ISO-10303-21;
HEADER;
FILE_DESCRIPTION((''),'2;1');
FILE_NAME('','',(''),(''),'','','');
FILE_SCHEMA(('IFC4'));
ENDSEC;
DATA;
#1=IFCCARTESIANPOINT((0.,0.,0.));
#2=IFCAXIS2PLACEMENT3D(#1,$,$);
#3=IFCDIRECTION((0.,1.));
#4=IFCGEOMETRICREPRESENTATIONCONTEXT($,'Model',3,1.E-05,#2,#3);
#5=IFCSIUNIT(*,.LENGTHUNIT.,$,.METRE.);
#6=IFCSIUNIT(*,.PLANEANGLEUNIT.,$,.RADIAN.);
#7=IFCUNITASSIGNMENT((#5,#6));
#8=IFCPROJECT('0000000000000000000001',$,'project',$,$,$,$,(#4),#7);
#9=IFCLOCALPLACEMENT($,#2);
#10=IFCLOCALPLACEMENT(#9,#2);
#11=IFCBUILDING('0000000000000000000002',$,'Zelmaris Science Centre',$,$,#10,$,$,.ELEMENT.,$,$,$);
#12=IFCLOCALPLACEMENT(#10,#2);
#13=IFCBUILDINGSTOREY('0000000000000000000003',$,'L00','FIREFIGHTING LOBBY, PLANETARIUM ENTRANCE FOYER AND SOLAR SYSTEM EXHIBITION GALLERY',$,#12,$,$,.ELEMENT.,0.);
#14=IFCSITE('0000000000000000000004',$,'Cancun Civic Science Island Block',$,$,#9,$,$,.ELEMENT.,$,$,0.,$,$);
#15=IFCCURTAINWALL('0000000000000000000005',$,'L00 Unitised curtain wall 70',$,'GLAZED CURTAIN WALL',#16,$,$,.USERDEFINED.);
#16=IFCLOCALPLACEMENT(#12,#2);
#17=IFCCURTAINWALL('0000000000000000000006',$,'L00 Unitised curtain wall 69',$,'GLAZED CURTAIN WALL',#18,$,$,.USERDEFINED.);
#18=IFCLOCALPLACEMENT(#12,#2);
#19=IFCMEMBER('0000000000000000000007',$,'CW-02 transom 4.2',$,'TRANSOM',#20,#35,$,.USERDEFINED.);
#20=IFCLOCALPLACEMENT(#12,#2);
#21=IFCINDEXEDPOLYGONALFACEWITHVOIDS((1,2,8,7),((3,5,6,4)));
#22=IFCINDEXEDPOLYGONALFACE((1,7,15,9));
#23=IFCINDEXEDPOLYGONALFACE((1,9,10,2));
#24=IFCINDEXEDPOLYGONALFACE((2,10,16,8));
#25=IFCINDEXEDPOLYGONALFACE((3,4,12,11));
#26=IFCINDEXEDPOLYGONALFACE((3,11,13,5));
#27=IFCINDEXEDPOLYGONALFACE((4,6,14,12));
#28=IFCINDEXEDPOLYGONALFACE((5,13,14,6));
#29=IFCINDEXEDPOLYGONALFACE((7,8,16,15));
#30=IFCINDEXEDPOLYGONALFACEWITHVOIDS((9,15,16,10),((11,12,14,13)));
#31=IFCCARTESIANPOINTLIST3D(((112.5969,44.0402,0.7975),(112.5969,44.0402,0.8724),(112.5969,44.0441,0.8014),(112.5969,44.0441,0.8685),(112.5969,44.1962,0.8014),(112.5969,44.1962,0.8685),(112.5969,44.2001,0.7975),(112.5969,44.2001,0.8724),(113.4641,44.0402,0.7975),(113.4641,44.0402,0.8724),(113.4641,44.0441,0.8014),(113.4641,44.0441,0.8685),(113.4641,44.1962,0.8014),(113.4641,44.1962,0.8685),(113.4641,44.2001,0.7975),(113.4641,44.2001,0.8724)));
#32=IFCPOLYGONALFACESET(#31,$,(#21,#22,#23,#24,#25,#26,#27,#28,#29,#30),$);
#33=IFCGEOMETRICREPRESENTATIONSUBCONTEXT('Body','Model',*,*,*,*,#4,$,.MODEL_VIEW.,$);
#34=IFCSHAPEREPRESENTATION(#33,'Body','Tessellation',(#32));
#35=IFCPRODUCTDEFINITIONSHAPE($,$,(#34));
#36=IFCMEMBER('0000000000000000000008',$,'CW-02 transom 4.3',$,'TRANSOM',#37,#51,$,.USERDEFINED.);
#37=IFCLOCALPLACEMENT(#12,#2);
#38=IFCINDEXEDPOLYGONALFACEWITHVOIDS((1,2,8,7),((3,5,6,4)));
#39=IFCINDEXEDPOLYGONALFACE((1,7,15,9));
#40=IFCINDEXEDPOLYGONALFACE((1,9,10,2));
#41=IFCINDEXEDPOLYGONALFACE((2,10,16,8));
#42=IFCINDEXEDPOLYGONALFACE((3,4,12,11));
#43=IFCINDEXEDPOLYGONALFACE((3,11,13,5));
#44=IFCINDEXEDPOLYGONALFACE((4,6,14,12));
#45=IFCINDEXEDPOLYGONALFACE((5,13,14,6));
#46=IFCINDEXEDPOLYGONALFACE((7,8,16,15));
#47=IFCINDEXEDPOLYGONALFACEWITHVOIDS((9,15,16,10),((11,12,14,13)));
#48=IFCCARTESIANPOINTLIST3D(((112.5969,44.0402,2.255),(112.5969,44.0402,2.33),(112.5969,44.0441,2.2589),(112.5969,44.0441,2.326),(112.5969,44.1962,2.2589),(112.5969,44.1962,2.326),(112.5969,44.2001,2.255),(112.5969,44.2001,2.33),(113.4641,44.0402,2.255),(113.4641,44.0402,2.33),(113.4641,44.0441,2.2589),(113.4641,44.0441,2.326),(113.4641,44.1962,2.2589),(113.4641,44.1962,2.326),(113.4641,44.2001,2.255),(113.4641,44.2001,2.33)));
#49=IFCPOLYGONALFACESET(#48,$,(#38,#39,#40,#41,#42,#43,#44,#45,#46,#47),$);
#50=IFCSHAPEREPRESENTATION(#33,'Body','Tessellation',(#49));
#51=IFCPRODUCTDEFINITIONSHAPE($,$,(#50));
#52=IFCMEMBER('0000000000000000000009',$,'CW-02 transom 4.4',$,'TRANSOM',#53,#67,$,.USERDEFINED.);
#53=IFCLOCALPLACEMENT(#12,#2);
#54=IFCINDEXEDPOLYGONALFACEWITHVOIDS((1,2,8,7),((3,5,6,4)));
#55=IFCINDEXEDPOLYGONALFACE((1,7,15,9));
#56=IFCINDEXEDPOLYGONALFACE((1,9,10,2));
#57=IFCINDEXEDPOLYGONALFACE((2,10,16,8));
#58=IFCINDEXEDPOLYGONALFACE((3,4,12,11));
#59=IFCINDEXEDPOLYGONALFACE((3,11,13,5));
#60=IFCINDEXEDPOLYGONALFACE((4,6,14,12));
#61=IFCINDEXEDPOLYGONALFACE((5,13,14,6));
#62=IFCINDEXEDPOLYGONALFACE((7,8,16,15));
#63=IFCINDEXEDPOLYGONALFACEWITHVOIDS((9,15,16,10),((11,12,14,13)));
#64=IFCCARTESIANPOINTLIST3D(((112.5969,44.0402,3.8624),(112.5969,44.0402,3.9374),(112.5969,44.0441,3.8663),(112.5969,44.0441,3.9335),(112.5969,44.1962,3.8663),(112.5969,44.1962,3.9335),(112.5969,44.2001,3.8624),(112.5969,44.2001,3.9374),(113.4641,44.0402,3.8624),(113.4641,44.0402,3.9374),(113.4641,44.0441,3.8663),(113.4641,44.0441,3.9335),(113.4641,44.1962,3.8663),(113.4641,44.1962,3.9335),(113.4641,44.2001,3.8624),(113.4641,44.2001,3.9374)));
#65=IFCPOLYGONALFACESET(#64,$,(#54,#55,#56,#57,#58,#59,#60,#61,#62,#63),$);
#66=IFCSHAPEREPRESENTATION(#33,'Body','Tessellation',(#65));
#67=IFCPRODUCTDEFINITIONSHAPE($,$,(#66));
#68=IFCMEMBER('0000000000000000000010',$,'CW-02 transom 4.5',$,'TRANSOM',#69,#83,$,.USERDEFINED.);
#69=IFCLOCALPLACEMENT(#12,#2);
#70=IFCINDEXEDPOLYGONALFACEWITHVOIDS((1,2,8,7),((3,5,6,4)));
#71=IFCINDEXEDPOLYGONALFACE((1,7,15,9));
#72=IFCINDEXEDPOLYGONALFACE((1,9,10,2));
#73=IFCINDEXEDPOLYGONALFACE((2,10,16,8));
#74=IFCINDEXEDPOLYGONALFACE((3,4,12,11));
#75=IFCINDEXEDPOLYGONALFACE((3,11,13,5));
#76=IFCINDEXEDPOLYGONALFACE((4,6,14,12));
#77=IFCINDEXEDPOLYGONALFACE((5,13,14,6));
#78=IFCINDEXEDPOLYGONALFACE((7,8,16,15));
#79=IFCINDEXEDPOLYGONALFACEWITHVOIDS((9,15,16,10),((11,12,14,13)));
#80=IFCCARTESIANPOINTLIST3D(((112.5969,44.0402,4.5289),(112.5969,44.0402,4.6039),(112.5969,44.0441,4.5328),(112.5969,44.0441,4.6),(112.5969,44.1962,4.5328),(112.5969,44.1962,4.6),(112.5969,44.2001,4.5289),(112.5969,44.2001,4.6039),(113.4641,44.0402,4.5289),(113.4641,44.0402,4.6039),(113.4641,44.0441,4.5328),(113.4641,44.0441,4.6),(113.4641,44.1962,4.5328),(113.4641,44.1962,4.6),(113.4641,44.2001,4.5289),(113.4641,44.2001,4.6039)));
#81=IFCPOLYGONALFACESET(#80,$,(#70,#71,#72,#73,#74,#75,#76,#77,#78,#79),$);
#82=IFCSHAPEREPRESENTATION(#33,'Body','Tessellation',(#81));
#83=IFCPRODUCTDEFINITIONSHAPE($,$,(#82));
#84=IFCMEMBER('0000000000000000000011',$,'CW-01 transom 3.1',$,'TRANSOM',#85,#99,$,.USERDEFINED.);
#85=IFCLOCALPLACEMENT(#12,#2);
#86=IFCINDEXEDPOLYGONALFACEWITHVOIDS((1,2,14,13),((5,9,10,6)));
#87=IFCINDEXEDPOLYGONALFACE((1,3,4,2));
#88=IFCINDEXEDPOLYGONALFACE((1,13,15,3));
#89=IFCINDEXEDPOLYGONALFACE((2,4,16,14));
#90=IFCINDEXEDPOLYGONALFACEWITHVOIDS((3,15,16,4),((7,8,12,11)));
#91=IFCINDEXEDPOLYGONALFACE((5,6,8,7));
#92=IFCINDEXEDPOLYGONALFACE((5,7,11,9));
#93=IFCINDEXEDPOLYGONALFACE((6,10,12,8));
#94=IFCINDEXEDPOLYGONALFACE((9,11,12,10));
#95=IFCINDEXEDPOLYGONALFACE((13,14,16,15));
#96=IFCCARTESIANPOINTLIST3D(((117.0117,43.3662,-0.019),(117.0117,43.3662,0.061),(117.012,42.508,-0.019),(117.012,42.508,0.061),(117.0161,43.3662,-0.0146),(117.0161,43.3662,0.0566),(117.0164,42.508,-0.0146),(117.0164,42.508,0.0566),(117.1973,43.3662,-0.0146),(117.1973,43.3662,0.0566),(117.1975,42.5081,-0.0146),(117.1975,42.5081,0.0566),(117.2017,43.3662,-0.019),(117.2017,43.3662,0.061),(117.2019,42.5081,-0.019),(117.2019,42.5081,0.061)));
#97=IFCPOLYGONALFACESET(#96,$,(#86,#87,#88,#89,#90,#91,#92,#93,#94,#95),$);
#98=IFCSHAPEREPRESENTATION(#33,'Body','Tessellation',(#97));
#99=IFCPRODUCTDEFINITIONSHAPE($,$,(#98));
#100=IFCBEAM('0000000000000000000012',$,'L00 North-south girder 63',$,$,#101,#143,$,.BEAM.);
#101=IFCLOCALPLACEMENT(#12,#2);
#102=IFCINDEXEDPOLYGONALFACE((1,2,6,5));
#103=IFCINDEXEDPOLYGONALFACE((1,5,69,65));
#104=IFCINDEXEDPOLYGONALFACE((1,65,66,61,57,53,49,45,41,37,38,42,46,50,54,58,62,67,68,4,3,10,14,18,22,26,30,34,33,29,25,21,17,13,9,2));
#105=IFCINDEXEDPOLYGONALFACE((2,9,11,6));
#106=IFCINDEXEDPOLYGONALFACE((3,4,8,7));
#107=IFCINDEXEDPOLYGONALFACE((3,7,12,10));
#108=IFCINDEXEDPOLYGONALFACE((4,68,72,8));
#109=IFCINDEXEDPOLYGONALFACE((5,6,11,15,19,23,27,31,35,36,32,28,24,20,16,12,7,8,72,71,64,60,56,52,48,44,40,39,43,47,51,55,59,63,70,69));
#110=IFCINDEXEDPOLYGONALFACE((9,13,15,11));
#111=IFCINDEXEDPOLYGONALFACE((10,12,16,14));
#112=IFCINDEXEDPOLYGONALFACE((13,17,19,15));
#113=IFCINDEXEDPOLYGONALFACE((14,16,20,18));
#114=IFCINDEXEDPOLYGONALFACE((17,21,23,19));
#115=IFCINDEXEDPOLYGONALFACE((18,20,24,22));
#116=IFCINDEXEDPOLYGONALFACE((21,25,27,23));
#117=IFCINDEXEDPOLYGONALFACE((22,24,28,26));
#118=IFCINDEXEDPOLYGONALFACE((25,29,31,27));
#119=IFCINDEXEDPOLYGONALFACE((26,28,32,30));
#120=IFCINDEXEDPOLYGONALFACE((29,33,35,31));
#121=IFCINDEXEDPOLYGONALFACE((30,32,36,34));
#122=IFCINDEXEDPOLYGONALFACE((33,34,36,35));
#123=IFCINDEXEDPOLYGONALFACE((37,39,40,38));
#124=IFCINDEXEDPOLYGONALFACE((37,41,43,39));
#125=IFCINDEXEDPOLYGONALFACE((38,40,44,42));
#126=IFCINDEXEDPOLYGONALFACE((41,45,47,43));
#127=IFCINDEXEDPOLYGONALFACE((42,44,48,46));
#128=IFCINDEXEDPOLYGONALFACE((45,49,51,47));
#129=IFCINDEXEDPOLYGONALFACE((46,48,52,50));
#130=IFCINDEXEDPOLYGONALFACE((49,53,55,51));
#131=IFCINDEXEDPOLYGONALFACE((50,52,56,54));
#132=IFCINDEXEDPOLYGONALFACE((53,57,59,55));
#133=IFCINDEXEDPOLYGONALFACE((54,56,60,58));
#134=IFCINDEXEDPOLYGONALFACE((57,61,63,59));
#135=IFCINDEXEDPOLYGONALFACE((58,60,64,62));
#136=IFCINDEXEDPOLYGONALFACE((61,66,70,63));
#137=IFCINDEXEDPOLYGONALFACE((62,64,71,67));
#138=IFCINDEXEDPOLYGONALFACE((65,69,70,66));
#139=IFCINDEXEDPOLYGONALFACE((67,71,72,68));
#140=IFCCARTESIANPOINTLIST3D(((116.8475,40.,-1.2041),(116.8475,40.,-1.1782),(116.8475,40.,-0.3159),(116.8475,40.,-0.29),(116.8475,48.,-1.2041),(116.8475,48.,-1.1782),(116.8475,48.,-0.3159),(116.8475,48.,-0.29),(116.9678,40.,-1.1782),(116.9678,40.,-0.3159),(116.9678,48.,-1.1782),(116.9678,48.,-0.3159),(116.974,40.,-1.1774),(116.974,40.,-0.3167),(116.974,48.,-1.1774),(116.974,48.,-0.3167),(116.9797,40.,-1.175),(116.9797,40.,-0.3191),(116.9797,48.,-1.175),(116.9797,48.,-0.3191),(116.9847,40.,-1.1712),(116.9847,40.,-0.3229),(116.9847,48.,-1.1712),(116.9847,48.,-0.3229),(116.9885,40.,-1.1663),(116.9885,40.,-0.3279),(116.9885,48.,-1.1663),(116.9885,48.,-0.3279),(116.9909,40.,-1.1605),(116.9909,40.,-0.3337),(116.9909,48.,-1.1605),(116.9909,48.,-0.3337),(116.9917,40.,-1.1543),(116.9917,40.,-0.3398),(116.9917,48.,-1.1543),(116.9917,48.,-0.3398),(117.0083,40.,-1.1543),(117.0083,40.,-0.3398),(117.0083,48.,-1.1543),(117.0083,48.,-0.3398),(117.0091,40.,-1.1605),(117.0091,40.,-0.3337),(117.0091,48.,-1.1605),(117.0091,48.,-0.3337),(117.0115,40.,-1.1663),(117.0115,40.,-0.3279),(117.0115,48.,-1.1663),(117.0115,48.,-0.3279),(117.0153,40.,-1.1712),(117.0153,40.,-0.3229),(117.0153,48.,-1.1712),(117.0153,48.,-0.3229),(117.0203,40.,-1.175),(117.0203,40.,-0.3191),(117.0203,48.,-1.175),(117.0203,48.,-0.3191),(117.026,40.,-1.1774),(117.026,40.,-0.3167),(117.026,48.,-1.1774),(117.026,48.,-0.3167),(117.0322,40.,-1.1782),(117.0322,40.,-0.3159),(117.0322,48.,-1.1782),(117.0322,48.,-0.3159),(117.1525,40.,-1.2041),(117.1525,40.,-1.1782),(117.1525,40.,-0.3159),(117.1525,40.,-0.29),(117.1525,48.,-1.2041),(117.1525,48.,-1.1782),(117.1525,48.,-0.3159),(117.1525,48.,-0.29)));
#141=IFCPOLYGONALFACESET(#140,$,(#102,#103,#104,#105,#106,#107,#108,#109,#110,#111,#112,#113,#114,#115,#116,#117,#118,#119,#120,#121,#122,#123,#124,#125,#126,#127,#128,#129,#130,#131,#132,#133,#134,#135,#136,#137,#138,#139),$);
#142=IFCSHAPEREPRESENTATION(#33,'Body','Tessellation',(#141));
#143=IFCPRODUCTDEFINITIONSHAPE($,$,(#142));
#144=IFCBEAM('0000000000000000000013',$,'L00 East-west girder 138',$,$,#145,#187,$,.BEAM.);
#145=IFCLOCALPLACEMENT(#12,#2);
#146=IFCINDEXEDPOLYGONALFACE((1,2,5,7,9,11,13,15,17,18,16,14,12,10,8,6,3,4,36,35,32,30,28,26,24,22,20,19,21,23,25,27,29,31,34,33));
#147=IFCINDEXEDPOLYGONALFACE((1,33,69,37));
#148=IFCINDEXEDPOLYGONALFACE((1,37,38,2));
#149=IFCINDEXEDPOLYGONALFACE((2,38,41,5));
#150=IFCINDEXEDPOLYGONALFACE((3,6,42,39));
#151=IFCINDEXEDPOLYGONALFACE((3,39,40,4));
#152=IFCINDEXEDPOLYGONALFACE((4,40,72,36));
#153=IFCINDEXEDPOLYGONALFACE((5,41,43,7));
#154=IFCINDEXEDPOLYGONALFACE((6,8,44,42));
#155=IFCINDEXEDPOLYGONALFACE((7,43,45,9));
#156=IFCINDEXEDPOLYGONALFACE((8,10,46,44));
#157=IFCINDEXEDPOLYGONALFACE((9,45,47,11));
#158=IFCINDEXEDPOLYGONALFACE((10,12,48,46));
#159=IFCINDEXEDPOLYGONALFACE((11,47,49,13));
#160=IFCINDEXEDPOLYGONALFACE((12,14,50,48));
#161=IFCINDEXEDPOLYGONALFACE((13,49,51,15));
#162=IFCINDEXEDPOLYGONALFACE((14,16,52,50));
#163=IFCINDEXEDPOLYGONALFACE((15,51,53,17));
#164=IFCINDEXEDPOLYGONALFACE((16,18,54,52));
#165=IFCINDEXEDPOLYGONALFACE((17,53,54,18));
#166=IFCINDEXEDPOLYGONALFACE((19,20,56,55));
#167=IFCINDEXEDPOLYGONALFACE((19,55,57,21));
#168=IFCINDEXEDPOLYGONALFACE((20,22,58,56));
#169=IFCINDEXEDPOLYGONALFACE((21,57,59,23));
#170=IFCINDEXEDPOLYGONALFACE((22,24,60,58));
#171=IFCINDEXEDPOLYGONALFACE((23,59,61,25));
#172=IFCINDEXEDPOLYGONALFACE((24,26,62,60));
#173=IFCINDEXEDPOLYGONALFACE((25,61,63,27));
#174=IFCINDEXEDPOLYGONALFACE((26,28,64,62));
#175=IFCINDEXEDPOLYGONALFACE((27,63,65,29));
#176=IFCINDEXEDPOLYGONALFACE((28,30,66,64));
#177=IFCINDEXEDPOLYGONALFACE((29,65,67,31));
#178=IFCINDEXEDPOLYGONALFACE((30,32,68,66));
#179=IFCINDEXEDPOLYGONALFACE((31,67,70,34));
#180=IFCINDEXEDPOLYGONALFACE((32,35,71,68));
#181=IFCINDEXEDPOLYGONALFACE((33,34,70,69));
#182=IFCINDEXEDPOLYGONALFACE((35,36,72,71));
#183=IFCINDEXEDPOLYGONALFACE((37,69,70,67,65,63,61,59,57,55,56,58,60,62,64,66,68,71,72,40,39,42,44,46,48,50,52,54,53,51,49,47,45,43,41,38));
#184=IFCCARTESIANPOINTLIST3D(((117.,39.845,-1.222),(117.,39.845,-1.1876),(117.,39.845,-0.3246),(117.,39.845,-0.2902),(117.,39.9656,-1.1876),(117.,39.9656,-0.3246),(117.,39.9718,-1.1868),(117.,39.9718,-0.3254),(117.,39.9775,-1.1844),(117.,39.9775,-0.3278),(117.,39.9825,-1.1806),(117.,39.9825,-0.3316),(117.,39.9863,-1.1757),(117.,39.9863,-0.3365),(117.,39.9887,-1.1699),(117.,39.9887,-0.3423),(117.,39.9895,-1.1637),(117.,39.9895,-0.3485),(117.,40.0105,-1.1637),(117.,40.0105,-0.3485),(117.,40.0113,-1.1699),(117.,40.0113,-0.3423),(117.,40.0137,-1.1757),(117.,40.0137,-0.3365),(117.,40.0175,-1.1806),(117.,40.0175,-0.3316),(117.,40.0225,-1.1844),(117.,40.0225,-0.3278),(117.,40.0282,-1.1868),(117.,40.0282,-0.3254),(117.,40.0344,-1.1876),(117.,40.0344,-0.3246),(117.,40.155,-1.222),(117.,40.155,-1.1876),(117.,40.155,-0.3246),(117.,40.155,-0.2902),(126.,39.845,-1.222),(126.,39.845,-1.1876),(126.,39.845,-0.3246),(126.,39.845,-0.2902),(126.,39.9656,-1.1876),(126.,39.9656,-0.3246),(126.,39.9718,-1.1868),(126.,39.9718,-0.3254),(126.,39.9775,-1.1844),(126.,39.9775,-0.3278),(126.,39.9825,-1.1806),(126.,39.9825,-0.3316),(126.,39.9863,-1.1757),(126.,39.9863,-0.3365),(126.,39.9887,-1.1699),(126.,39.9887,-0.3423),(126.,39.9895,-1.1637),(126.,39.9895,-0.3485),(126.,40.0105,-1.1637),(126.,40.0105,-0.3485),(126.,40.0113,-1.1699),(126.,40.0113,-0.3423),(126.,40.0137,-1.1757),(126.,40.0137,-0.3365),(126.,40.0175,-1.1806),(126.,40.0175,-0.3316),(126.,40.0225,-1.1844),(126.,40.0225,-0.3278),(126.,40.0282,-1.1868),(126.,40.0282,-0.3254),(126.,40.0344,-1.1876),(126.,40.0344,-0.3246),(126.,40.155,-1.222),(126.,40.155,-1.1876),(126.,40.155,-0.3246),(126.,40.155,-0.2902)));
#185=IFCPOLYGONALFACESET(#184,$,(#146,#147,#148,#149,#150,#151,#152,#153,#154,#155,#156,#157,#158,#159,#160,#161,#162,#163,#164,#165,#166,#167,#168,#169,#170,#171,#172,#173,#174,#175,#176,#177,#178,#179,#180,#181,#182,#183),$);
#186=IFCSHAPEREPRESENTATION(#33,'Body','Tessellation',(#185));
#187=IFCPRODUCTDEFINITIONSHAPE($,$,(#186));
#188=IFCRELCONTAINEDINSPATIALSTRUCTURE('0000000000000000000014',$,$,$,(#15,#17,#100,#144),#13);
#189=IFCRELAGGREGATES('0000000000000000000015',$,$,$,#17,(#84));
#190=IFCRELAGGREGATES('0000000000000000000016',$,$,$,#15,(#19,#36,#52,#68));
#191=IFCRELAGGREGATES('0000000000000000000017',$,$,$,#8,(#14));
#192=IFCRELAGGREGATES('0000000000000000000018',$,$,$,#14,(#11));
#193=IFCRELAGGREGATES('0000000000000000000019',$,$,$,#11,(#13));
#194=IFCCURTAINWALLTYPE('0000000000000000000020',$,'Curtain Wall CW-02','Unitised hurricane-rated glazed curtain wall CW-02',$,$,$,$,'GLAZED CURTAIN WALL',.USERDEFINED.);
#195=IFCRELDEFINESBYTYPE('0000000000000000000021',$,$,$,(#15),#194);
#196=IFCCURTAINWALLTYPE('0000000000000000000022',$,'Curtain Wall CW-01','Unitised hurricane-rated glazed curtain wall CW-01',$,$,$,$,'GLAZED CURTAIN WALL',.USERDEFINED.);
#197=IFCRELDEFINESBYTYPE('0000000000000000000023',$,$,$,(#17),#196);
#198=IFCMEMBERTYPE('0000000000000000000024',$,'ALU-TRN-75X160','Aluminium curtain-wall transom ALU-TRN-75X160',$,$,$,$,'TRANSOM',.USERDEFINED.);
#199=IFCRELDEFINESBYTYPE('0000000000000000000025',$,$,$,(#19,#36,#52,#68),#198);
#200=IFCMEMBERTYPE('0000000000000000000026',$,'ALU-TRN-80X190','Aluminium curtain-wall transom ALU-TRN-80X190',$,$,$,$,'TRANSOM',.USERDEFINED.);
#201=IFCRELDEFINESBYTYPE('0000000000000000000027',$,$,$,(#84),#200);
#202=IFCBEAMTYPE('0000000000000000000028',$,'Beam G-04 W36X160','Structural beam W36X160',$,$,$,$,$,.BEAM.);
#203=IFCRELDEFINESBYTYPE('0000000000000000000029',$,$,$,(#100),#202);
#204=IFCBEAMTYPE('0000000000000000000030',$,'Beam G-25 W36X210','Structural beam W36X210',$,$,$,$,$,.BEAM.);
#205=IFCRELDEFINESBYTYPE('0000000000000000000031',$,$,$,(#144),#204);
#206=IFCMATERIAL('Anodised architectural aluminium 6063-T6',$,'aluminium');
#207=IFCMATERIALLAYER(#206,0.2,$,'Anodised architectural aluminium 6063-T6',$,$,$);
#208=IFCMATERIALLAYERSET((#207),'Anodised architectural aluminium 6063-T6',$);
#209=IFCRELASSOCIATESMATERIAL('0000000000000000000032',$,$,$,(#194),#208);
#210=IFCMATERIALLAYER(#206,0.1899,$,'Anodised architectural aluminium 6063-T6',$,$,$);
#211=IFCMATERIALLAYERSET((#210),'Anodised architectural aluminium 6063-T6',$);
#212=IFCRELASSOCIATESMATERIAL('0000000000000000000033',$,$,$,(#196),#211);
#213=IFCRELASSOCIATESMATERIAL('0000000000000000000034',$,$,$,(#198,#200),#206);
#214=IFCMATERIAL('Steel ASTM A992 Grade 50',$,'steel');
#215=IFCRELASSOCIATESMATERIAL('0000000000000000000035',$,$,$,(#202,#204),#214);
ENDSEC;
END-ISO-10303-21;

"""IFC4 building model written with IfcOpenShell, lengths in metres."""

from ifc_helpers import new_model, si_unit, direction, frame, origin, origin_2d, place, context, subcontext, project, spatial, hollow_rectangle, i_section, extrude, material, layer, layer_set, material_profile, profile_set, type_object, element, aggregate, save


model = new_model("IFC4")

# Units and contexts
model_context = context("Model", 3, precision=1e-05, world=origin(), true_north=direction((0.0, 1.0)))
body_context = subcontext(model_context, "Body", "Model", "MODEL_VIEW")
ifc_project = project(units=[si_unit("LENGTHUNIT", "METRE"), si_unit("PLANEANGLEUNIT", "RADIAN")], contexts=[model_context])

# Site, building, storey
site_placement = place(None, origin())
site = spatial("IfcSite", under=ifc_project, at=site_placement, Name="Cancun Civic Science Island Block", CompositionType="ELEMENT", RefElevation=0.0)
building_placement = place(site_placement, origin())
building = spatial("IfcBuilding", under=site, at=building_placement, Name="Zelmaris Science Centre", CompositionType="ELEMENT")
storey_placement = place(building_placement, origin())
storey = spatial("IfcBuildingStorey", under=building, at=storey_placement, Name="L00", Description="FIREFIGHTING LOBBY, PLANETARIUM ENTRANCE FOYER AND SOLAR SYSTEM EXHIBITION GALLERY", CompositionType="ELEMENT", Elevation=0.0)

# Shared definitions
ifc_material_1 = material(Name="Steel ASTM A992 Grade 50", Category="steel")

# Curtain walls
ifc_material_2 = material(Name="Anodised architectural aluminium 6063-T6", Category="aluminium")
ifc_layer_1 = layer(ifc_material_2, 0.2, Name="Anodised architectural aluminium 6063-T6")
ifc_layer_set_1 = layer_set([ifc_layer_1], Name="Anodised architectural aluminium 6063-T6")
curtain_wall_type_1 = type_object("IfcCurtainWallType", Name="Curtain Wall CW-02", Description="Unitised hurricane-rated glazed curtain wall CW-02", ElementType="GLAZED CURTAIN WALL", PredefinedType="USERDEFINED", material=ifc_layer_set_1)
curtain_wall_1_placement = place(storey_placement, origin())
curtain_wall_1 = element("IfcCurtainWall", 1, at=curtain_wall_1_placement, inside=storey, type_object=curtain_wall_type_1, Name="L00 Unitised curtain wall 70", ObjectType="GLAZED CURTAIN WALL", PredefinedType="USERDEFINED")
ifc_layer_2 = layer(ifc_material_2, 0.1899, Name="Anodised architectural aluminium 6063-T6")
ifc_layer_set_2 = layer_set([ifc_layer_2], Name="Anodised architectural aluminium 6063-T6")
curtain_wall_type_2 = type_object("IfcCurtainWallType", Name="Curtain Wall CW-01", Description="Unitised hurricane-rated glazed curtain wall CW-01", ElementType="GLAZED CURTAIN WALL", PredefinedType="USERDEFINED", material=ifc_layer_set_2)
curtain_wall_2_placement = place(storey_placement, origin())
curtain_wall_2 = element("IfcCurtainWall", 2, at=curtain_wall_2_placement, inside=storey, type_object=curtain_wall_type_2, Name="L00 Unitised curtain wall 69", ObjectType="GLAZED CURTAIN WALL", PredefinedType="USERDEFINED")

# Members
ifc_material_profile_1 = material_profile(ifc_material_2, hollow_rectangle(XDim=0.075, YDim=0.1599, WallThickness=0.0039, at=origin_2d()), Name="ALU-TRN-75X160")
ifc_profile_set_1 = profile_set([ifc_material_profile_1], Name="Anodised architectural aluminium 6063-T6")
member_type_1 = type_object("IfcMemberType", Name="ALU-TRN-75X160", Description="Aluminium curtain-wall transom ALU-TRN-75X160", ElementType="TRANSOM", PredefinedType="USERDEFINED", material=ifc_profile_set_1)
member_1_placement = place(storey_placement, frame((113.4641, 44.1201, 0.835), z_axis=(-1.0, 0.0, 0.0), x_axis=(0.0, 0.0, 1.0)))
member_1 = element("IfcMember", 3, at=member_1_placement, type_object=member_type_1, Name="CW-02 transom 4.2", ObjectType="TRANSOM", PredefinedType="USERDEFINED", context=body_context, shape_type="SweptSolid", body=[
    extrude(hollow_rectangle(XDim=0.075, YDim=0.1599, WallThickness=0.0039, at=origin_2d()), origin(), (0.0, 0.0, 1.0), 0.8672),
])
member_2_placement = place(storey_placement, frame((113.4641, 44.1201, 2.2925), z_axis=(-1.0, 0.0, 0.0), x_axis=(0.0, 0.0, 1.0)))
member_2 = element("IfcMember", 4, at=member_2_placement, type_object=member_type_1, Name="CW-02 transom 4.3", ObjectType="TRANSOM", PredefinedType="USERDEFINED", context=body_context, shape_type="SweptSolid", body=[
    extrude(hollow_rectangle(XDim=0.075, YDim=0.1599, WallThickness=0.0039, at=origin_2d()), origin(), (0.0, 0.0, 1.0), 0.8672),
])
member_3_placement = place(storey_placement, frame((113.4641, 44.1201, 3.8999), z_axis=(-1.0, 0.0, 0.0), x_axis=(0.0, 0.0, 1.0)))
member_3 = element("IfcMember", 5, at=member_3_placement, type_object=member_type_1, Name="CW-02 transom 4.4", ObjectType="TRANSOM", PredefinedType="USERDEFINED", context=body_context, shape_type="SweptSolid", body=[
    extrude(hollow_rectangle(XDim=0.075, YDim=0.1599, WallThickness=0.0039, at=origin_2d()), origin(), (0.0, 0.0, 1.0), 0.8672),
])
member_4_placement = place(storey_placement, frame((113.4641, 44.1201, 4.5664), z_axis=(-1.0, 0.0, 0.0), x_axis=(0.0, 0.0, 1.0)))
member_4 = element("IfcMember", 6, at=member_4_placement, type_object=member_type_1, Name="CW-02 transom 4.5", ObjectType="TRANSOM", PredefinedType="USERDEFINED", context=body_context, shape_type="SweptSolid", body=[
    extrude(hollow_rectangle(XDim=0.075, YDim=0.1599, WallThickness=0.0039, at=origin_2d()), origin(), (0.0, 0.0, 1.0), 0.8672),
])
ifc_material_profile_2 = material_profile(ifc_material_2, hollow_rectangle(XDim=0.0801, YDim=0.1899, WallThickness=0.0044, at=origin_2d()), Name="ALU-TRN-80X190")
ifc_profile_set_2 = profile_set([ifc_material_profile_2], Name="Anodised architectural aluminium 6063-T6")
member_type_2 = type_object("IfcMemberType", Name="ALU-TRN-80X190", Description="Aluminium curtain-wall transom ALU-TRN-80X190", ElementType="TRANSOM", PredefinedType="USERDEFINED", material=ifc_profile_set_2)
member_5_placement = place(storey_placement, frame((117.1069, 42.5081, 0.021), z_axis=(-0.000284, 1.0, 0.0), x_axis=(0.0, 0.0, 1.0)))
member_5 = element("IfcMember", 7, at=member_5_placement, type_object=member_type_2, Name="CW-01 transom 3.1", ObjectType="TRANSOM", PredefinedType="USERDEFINED", context=body_context, shape_type="SweptSolid", body=[
    extrude(hollow_rectangle(XDim=0.0801, YDim=0.1899, WallThickness=0.0044, at=origin_2d()), origin(), (0.0, 0.0, 1.0), 0.8582),
])

# Beams
ifc_material_profile_3 = material_profile(ifc_material_1, i_section(OverallWidth=0.3049, OverallDepth=0.9141, WebThickness=0.0166, FlangeThickness=0.0259, FilletRadius=0.0239, at=origin_2d()), Name="W36X160")
ifc_profile_set_3 = profile_set([ifc_material_profile_3], Name="Steel ASTM A992 Grade 50")
beam_type_1 = type_object("IfcBeamType", Name="Beam G-04 W36X160", Description="Structural beam W36X160", PredefinedType="BEAM", material=ifc_profile_set_3)
beam_1_placement = place(storey_placement, frame((117.0, 40.0, -0.7471), z_axis=(0.0, 1.0, 0.0), x_axis=(-1.0, 0.0, 0.0)))
element("IfcBeam", 8, at=beam_1_placement, inside=storey, type_object=beam_type_1, Name="L00 North-south girder 63", PredefinedType="BEAM", context=body_context, shape_type="SweptSolid", body=[
    extrude(i_section(OverallWidth=0.3049, OverallDepth=0.9141, WebThickness=0.0166, FlangeThickness=0.0259, FilletRadius=0.0239, at=origin_2d()), origin(), (0.0, 0.0, 1.0), 8.0),
])
ifc_material_profile_4 = material_profile(ifc_material_1, i_section(OverallWidth=0.3101, OverallDepth=0.9319, WebThickness=0.021, FlangeThickness=0.0344, FilletRadius=0.0239, at=origin_2d()), Name="W36X210")
ifc_profile_set_4 = profile_set([ifc_material_profile_4], Name="Steel ASTM A992 Grade 50")
beam_type_2 = type_object("IfcBeamType", Name="Beam G-25 W36X210", Description="Structural beam W36X210", PredefinedType="BEAM", material=ifc_profile_set_4)
beam_2_placement = place(storey_placement, frame((117.0, 40.0, -0.7561), z_axis=(1.0, 0.0, 0.0), x_axis=(0.0, 1.0, 0.0)))
element("IfcBeam", 9, at=beam_2_placement, inside=storey, type_object=beam_type_2, Name="L00 East-west girder 138", PredefinedType="BEAM", context=body_context, shape_type="SweptSolid", body=[
    extrude(i_section(OverallWidth=0.3101, OverallDepth=0.9319, WebThickness=0.021, FlangeThickness=0.0344, FilletRadius=0.0239, at=origin_2d()), origin(), (0.0, 0.0, 1.0), 9.0),
])

aggregate(curtain_wall_2, [member_5])
aggregate(curtain_wall_1, [member_1, member_2, member_3, member_4])

save(model, "model.ifc")
